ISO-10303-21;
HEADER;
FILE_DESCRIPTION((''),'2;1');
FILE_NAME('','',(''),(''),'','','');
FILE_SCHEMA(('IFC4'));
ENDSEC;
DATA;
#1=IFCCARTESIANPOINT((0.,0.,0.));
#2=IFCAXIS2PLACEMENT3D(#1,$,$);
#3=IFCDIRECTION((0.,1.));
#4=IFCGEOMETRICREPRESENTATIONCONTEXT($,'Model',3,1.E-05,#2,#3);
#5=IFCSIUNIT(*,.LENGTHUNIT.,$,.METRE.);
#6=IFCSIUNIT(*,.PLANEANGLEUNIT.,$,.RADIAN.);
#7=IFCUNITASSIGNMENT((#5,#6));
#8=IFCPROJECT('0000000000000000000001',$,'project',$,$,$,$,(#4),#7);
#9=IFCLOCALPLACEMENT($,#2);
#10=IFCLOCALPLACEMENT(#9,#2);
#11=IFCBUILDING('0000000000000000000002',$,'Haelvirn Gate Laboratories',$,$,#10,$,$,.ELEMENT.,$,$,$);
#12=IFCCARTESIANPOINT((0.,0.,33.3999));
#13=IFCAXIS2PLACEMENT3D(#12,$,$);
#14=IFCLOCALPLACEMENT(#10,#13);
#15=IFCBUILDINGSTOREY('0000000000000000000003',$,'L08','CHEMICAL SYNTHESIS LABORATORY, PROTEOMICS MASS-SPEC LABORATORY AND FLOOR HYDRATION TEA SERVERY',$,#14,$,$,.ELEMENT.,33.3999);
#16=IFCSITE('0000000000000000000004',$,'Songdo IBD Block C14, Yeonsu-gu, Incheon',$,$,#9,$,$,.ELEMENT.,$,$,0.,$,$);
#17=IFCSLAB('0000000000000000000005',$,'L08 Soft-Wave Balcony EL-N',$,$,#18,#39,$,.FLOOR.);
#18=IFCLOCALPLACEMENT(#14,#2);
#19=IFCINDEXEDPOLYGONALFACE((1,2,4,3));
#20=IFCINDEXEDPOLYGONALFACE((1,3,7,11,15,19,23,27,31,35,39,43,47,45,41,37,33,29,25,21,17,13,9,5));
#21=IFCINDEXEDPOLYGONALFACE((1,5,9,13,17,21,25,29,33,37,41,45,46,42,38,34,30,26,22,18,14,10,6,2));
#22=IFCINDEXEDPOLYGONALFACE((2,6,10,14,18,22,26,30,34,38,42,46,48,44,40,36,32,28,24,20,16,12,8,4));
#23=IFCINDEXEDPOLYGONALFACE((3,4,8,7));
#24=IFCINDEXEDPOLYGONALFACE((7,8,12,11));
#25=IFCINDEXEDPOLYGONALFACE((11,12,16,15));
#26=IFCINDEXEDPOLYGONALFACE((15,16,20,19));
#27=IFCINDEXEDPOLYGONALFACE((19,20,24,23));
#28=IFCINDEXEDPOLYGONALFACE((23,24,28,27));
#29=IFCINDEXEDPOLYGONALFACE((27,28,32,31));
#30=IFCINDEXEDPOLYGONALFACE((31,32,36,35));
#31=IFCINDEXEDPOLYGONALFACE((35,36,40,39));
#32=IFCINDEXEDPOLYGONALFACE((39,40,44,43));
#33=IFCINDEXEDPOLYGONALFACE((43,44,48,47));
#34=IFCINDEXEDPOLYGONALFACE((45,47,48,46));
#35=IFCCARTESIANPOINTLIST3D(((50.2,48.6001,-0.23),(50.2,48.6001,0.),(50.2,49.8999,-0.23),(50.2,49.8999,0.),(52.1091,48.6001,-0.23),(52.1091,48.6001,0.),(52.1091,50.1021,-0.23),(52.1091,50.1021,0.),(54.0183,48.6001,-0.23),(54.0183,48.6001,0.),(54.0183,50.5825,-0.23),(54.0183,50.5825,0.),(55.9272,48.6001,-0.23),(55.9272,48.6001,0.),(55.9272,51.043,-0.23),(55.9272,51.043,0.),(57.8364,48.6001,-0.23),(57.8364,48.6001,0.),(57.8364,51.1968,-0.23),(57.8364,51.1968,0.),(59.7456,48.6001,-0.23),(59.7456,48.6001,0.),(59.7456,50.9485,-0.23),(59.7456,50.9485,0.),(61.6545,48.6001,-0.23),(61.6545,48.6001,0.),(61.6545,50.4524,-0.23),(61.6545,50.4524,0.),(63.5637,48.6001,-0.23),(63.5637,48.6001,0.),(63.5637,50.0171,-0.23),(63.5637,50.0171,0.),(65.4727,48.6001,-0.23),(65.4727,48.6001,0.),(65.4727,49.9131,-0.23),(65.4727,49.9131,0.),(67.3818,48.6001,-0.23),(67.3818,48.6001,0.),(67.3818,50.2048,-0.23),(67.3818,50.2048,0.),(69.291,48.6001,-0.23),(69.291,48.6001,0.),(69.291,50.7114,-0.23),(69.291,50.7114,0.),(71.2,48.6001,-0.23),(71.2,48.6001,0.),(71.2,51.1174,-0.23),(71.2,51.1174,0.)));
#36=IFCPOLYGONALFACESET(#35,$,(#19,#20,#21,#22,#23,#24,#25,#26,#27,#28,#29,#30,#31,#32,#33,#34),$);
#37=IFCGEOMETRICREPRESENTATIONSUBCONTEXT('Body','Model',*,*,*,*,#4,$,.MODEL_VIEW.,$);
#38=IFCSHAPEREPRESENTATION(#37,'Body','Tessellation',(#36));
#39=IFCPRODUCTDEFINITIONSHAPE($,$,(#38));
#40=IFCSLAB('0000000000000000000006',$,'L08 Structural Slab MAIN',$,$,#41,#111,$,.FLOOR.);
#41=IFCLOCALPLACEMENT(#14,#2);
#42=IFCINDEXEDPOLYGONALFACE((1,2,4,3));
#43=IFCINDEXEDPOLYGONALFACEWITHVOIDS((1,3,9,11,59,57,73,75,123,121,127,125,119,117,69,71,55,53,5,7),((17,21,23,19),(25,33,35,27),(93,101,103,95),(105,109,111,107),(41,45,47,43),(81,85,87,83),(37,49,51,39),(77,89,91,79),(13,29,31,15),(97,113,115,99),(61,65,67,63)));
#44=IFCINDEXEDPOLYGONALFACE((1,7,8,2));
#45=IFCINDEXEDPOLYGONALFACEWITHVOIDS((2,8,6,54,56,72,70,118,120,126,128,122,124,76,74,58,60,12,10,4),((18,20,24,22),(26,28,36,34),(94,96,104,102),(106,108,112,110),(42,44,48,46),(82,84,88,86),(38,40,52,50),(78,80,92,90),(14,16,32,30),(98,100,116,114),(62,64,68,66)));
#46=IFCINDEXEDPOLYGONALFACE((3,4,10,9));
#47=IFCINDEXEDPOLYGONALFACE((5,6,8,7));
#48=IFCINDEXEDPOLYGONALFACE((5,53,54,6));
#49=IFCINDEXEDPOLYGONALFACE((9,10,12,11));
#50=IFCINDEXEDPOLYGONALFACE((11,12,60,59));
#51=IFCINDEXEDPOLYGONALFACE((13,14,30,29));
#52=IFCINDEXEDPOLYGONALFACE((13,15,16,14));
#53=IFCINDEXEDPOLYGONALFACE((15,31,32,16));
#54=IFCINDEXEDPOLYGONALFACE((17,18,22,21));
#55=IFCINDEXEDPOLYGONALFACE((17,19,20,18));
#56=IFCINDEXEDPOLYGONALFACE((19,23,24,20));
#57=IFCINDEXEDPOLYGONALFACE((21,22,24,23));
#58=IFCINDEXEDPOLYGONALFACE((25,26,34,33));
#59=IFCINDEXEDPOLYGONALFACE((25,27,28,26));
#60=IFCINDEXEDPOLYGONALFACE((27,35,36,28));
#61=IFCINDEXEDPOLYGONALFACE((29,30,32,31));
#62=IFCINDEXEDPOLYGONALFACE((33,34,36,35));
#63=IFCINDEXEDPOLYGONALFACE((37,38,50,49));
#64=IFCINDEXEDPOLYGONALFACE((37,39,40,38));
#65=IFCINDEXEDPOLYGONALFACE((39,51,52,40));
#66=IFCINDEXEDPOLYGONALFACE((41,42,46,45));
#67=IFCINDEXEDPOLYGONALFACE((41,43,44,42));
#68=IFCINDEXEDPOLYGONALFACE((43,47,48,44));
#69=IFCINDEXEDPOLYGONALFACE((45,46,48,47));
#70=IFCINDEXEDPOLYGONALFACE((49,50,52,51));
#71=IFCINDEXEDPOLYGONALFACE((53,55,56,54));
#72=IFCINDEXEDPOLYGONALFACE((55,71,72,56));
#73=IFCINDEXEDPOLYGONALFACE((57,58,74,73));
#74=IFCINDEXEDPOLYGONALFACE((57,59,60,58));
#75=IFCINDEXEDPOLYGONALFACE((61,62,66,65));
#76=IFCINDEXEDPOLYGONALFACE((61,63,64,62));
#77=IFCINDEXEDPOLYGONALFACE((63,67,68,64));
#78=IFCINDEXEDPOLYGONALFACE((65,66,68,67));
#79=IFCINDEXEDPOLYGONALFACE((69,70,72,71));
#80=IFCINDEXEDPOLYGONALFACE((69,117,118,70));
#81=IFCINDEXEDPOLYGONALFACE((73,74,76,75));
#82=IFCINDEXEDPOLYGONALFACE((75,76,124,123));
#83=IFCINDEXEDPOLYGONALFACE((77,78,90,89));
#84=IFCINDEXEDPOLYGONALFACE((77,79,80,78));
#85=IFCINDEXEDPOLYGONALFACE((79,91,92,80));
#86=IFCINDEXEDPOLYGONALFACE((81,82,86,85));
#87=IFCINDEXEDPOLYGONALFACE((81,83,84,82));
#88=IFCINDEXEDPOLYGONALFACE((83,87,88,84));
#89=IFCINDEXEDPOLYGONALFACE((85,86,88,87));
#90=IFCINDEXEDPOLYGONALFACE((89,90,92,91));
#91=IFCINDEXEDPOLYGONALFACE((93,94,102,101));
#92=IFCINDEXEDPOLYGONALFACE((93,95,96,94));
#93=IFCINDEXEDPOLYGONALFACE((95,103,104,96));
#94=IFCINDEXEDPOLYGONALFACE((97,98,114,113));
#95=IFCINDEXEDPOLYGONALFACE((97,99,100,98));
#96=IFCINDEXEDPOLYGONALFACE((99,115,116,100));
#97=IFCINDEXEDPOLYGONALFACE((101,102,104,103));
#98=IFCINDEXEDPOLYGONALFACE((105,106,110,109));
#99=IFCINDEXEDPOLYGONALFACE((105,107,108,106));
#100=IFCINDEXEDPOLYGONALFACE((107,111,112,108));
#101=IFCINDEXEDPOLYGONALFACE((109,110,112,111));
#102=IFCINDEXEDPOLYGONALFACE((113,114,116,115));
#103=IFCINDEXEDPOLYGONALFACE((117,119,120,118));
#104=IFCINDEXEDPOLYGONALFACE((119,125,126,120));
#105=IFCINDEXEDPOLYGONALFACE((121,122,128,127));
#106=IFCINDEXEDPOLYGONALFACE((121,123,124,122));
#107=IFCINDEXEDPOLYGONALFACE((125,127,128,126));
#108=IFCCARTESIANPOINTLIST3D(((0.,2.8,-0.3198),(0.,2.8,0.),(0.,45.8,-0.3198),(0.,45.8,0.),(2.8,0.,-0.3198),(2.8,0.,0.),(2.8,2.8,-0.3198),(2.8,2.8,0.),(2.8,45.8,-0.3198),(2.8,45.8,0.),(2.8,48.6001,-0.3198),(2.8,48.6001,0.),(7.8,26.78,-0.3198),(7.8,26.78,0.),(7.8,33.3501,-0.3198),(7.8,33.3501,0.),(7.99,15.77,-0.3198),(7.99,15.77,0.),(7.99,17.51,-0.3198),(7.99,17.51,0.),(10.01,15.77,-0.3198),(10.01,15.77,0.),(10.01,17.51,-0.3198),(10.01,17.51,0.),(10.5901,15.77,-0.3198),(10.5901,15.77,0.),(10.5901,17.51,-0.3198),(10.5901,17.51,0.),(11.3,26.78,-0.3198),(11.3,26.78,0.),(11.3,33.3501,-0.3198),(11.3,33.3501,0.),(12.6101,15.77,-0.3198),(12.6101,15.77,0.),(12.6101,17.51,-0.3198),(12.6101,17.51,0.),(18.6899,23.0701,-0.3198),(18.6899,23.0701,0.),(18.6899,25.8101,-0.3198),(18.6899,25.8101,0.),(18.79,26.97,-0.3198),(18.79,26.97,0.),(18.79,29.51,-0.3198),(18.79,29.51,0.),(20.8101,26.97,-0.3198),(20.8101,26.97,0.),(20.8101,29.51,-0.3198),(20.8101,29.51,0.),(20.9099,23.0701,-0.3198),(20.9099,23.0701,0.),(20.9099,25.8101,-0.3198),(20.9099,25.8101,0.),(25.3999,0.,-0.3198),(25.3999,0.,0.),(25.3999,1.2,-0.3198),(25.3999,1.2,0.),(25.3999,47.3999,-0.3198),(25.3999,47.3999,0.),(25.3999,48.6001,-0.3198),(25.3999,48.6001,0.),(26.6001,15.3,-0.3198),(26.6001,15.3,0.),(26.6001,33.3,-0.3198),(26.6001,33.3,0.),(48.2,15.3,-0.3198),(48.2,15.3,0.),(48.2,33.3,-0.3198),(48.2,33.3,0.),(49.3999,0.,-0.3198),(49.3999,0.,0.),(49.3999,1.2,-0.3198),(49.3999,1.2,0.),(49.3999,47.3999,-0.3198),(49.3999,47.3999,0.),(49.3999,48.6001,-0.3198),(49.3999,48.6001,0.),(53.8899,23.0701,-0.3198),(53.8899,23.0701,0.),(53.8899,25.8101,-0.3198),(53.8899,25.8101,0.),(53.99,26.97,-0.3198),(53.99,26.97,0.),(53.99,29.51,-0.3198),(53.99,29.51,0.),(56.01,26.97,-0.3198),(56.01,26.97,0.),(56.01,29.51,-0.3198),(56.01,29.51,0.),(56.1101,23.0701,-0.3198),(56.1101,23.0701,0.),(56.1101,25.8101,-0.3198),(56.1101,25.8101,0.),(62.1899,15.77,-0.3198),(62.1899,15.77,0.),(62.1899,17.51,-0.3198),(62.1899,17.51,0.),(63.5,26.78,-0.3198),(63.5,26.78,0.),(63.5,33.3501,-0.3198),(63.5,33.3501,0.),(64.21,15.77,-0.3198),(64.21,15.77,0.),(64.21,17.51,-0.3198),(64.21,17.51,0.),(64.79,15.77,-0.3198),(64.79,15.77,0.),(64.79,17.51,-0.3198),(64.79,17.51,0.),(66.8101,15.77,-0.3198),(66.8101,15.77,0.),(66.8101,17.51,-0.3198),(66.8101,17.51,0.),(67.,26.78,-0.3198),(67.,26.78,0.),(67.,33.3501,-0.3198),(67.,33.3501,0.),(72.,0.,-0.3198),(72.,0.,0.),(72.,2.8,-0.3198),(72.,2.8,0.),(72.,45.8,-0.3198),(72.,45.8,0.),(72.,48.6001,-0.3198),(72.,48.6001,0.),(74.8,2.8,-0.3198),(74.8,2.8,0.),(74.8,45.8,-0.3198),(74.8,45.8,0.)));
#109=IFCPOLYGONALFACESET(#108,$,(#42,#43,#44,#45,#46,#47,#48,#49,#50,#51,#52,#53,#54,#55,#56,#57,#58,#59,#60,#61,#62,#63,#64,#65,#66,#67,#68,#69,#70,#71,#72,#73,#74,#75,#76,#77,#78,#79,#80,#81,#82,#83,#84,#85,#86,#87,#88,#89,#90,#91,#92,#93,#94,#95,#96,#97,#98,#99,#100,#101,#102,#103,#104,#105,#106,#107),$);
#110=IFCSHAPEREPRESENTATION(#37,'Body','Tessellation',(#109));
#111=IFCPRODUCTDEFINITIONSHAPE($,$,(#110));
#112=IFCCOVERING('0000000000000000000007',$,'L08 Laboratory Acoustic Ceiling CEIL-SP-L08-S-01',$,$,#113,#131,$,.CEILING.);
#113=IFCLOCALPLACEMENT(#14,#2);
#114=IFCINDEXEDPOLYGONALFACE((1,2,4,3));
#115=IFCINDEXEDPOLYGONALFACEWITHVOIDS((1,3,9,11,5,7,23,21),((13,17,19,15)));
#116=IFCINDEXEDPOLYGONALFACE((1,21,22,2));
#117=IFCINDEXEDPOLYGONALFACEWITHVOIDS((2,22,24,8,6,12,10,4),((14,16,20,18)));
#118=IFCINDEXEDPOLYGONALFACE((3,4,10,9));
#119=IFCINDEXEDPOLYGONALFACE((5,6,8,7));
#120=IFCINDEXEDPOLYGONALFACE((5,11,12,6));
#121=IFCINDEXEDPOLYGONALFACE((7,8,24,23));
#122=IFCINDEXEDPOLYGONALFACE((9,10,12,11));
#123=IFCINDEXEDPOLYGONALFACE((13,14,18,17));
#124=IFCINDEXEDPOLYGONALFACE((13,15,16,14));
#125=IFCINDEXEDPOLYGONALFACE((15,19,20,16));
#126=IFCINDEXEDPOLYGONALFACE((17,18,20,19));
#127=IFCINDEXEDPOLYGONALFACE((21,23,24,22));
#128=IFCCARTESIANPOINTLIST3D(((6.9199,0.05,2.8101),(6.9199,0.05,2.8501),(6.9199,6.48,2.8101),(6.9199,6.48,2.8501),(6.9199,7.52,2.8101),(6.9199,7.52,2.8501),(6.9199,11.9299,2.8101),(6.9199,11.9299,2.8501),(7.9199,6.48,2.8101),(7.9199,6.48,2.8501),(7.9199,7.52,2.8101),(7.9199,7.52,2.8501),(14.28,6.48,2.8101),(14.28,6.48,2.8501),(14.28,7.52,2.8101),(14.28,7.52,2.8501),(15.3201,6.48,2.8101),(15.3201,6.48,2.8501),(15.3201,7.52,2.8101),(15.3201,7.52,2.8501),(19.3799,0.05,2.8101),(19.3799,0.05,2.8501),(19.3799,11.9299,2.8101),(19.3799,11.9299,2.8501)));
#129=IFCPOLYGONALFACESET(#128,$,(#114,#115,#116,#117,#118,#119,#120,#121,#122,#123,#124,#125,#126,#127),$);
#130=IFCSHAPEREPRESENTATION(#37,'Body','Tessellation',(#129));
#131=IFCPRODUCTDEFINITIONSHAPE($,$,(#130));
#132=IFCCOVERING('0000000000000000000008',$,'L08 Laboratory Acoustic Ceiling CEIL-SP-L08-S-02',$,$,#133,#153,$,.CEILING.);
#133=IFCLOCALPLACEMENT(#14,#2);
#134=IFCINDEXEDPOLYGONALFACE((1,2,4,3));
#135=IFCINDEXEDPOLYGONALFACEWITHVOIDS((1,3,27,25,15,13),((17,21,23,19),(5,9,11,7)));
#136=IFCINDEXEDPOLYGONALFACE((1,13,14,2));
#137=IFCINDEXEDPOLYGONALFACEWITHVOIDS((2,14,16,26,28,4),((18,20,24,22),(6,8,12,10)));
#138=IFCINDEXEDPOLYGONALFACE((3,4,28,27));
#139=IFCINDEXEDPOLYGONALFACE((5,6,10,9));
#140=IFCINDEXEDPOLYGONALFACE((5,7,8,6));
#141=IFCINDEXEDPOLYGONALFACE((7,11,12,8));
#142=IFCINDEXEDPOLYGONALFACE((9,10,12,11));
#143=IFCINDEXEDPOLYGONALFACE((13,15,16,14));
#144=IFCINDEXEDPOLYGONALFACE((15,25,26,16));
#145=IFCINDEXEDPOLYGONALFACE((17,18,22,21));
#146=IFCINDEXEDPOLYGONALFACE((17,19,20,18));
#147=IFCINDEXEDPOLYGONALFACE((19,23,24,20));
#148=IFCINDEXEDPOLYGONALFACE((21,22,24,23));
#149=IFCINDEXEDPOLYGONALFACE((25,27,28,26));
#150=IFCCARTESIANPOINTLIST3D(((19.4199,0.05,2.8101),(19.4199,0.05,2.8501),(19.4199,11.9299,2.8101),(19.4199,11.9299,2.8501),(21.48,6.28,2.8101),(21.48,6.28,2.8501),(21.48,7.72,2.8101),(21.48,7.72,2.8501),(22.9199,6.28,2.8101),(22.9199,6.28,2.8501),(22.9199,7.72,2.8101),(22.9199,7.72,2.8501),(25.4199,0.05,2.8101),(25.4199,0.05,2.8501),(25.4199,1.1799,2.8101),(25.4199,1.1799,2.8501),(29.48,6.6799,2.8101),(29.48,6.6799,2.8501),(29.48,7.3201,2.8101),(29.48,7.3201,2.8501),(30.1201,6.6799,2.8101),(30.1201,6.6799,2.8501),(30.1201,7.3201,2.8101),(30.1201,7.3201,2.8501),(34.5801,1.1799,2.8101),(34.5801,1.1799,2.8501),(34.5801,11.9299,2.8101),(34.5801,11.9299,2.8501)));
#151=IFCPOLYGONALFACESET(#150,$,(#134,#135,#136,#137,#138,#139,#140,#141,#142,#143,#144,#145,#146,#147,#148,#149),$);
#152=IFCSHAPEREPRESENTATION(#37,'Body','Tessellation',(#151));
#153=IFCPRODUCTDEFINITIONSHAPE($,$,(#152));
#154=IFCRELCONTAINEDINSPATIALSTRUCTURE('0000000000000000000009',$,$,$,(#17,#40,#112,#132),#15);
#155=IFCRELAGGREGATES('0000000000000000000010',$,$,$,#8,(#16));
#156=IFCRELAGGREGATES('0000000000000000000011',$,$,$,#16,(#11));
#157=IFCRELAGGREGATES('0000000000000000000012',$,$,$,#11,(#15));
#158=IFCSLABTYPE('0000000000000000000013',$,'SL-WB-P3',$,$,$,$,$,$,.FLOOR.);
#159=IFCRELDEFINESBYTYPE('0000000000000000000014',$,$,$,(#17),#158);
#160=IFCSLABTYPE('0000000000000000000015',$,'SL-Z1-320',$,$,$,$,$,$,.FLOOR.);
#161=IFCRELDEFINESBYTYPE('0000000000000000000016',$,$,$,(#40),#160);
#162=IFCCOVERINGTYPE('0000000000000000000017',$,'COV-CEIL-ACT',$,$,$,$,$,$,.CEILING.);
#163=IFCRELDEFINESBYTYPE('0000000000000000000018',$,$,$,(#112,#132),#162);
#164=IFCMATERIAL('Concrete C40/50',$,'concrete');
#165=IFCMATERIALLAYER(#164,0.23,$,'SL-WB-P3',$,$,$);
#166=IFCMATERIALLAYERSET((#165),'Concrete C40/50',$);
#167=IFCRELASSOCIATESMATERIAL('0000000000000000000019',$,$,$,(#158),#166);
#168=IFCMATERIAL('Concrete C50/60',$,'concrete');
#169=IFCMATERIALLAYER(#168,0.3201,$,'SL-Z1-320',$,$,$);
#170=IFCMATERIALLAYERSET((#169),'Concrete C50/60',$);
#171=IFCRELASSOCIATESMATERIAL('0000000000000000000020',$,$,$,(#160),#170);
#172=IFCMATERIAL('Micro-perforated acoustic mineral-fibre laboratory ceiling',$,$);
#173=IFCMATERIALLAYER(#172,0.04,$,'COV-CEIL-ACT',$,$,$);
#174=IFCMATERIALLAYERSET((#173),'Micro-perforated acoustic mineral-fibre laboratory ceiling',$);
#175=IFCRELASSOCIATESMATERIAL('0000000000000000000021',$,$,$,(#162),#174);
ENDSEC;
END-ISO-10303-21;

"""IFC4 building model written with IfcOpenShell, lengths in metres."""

from ifc_helpers import new_model, si_unit, direction, frame, origin, place, context, subcontext, project, spatial, polyline, outline, extrude, material, layer, layer_set, type_object, element, save


model = new_model("IFC4")

# Units and contexts
model_context = context("Model", 3, precision=1e-05, world=origin(), true_north=direction((0.0, 1.0)))
body_context = subcontext(model_context, "Body", "Model", "MODEL_VIEW")
ifc_project = project(units=[si_unit("LENGTHUNIT", "METRE"), si_unit("PLANEANGLEUNIT", "RADIAN")], contexts=[model_context])

# Site, building, storey
site_placement = place(None, origin())
site = spatial("IfcSite", under=ifc_project, at=site_placement, Name="Songdo IBD Block C14, Yeonsu-gu, Incheon", CompositionType="ELEMENT", RefElevation=0.0)
building_placement = place(site_placement, origin())
building = spatial("IfcBuilding", under=site, at=building_placement, Name="Haelvirn Gate Laboratories", CompositionType="ELEMENT")
storey_placement = place(building_placement, frame((0.0, 0.0, 33.3999)))
storey = spatial("IfcBuildingStorey", under=building, at=storey_placement, Name="L08", Description="CHEMICAL SYNTHESIS LABORATORY, PROTEOMICS MASS-SPEC LABORATORY AND FLOOR HYDRATION TEA SERVERY", CompositionType="ELEMENT", Elevation=33.3999)

# Shared definitions
ifc_material_1 = material(Name="Concrete C40/50", Category="concrete")

# Slabs
ifc_layer_1 = layer(ifc_material_1, 0.23, Name="SL-WB-P3")
ifc_layer_set_1 = layer_set([ifc_layer_1], Name="Concrete C40/50")
slab_type_1 = type_object("IfcSlabType", Name="SL-WB-P3", PredefinedType="FLOOR", material=ifc_layer_set_1)
slab_1_placement = place(storey_placement, frame((0.0, 0.0, -0.23)))
element("IfcSlab", 1, at=slab_1_placement, inside=storey, type_object=slab_type_1, Name="L08 Soft-Wave Balcony EL-N", PredefinedType="FLOOR", context=body_context, shape_type="SweptSolid", body=[
    extrude(outline(polyline([(50.2, 48.6001), (52.1091, 48.6001), (54.0183, 48.6001), (55.9272, 48.6001), (57.8364, 48.6001), (59.7456, 48.6001), (61.6545, 48.6001), (63.5637, 48.6001), (65.4727, 48.6001), (67.3818, 48.6001), (69.291, 48.6001), (71.2, 48.6001), (71.2, 51.1174), (69.291, 50.7114), (67.3818, 50.2048), (65.4727, 49.9131), (63.5637, 50.0171), (61.6545, 50.4524), (59.7456, 50.9485), (57.8364, 51.1968), (55.9272, 51.043), (54.0183, 50.5825), (52.1091, 50.1021), (50.2, 49.8999), (50.2, 48.6001)])), origin(), (0.0, 0.0, 1.0), 0.23),
])
ifc_material_2 = material(Name="Concrete C50/60", Category="concrete")
ifc_layer_2 = layer(ifc_material_2, 0.3201, Name="SL-Z1-320")
ifc_layer_set_2 = layer_set([ifc_layer_2], Name="Concrete C50/60")
slab_type_2 = type_object("IfcSlabType", Name="SL-Z1-320", PredefinedType="FLOOR", material=ifc_layer_set_2)
slab_2_placement = place(storey_placement, frame((0.0, 0.0, -0.3198)))
element("IfcSlab", 2, at=slab_2_placement, inside=storey, type_object=slab_type_2, Name="L08 Structural Slab MAIN", PredefinedType="FLOOR", context=body_context, shape_type="SweptSolid", body=[
    extrude(outline(polyline([(2.8, 0.0), (25.3999, 0.0), (25.3999, 1.2), (49.3999, 1.2), (49.3999, 0.0), (72.0, 0.0), (72.0, 2.8), (74.8, 2.8), (74.8, 45.8), (72.0, 45.8), (72.0, 48.6001), (49.3999, 48.6001), (49.3999, 47.3999), (25.3999, 47.3999), (25.3999, 48.6001), (2.8, 48.6001), (2.8, 45.8), (0.0, 45.8), (0.0, 2.8), (2.8, 2.8), (2.8, 0.0)]), holes=[polyline([(26.6001, 15.3), (48.2, 15.3), (48.2, 33.3), (26.6001, 33.3), (26.6001, 15.3)]), polyline([(11.3, 26.78), (11.3, 33.3501), (7.8, 33.3501), (7.8, 26.78), (11.3, 26.78)]), polyline([(67.0, 26.78), (67.0, 33.3501), (63.5, 33.3501), (63.5, 26.78), (67.0, 26.78)]), polyline([(7.99, 15.77), (10.01, 15.77), (10.01, 17.51), (7.99, 17.51), (7.99, 15.77)]), polyline([(10.5901, 15.77), (12.6101, 15.77), (12.6101, 17.51), (10.5901, 17.51), (10.5901, 15.77)]), polyline([(18.79, 26.97), (20.8101, 26.97), (20.8101, 29.51), (18.79, 29.51), (18.79, 26.97)]), polyline([(18.6899, 23.0701), (20.9099, 23.0701), (20.9099, 25.8101), (18.6899, 25.8101), (18.6899, 23.0701)]), polyline([(64.79, 15.77), (66.8101, 15.77), (66.8101, 17.51), (64.79, 17.51), (64.79, 15.77)]), polyline([(62.1899, 15.77), (64.21, 15.77), (64.21, 17.51), (62.1899, 17.51), (62.1899, 15.77)]), polyline([(53.99, 26.97), (56.01, 26.97), (56.01, 29.51), (53.99, 29.51), (53.99, 26.97)]), polyline([(53.8899, 23.0701), (56.1101, 23.0701), (56.1101, 25.8101), (53.8899, 25.8101), (53.8899, 23.0701)])]), origin(), (0.0, 0.0, 1.0), 0.3198),
])

# Coverings
ifc_material_3 = material(Name="Micro-perforated acoustic mineral-fibre laboratory ceiling")
ifc_layer_3 = layer(ifc_material_3, 0.04, Name="COV-CEIL-ACT")
ifc_layer_set_3 = layer_set([ifc_layer_3], Name="Micro-perforated acoustic mineral-fibre laboratory ceiling")
covering_type = type_object("IfcCoveringType", Name="COV-CEIL-ACT", PredefinedType="CEILING", material=ifc_layer_set_3)
covering_1_placement = place(storey_placement, frame((0.0, 0.0, 2.8101)))
element("IfcCovering", 3, at=covering_1_placement, inside=storey, type_object=covering_type, Name="L08 Laboratory Acoustic Ceiling CEIL-SP-L08-S-01", PredefinedType="CEILING", context=body_context, shape_type="SweptSolid", body=[
    extrude(outline(polyline([(6.9199, 6.48), (7.9199, 6.48), (7.9199, 7.52), (6.9199, 7.52), (6.9199, 11.9299), (19.3799, 11.9299), (19.3799, 0.05), (6.9199, 0.05), (6.9199, 6.48)]), holes=[polyline([(14.28, 7.52), (14.28, 6.48), (15.3201, 6.48), (15.3201, 7.52), (14.28, 7.52)])]), origin(), (0.0, 0.0, 1.0), 0.04),
])
covering_2_placement = place(storey_placement, frame((0.0, 0.0, 2.8101)))
element("IfcCovering", 4, at=covering_2_placement, inside=storey, type_object=covering_type, Name="L08 Laboratory Acoustic Ceiling CEIL-SP-L08-S-02", PredefinedType="CEILING", context=body_context, shape_type="SweptSolid", body=[
    extrude(outline(polyline([(19.4199, 0.05), (19.4199, 11.9299), (34.5801, 11.9299), (34.5801, 1.1799), (25.4199, 1.1799), (25.4199, 0.05), (19.4199, 0.05)]), holes=[polyline([(21.48, 7.72), (21.48, 6.28), (22.9199, 6.28), (22.9199, 7.72), (21.48, 7.72)]), polyline([(30.1201, 7.3201), (29.48, 7.3201), (29.48, 6.6799), (30.1201, 6.6799), (30.1201, 7.3201)])]), origin(), (0.0, 0.0, 1.0), 0.04),
])

save(model, "model.ifc")
